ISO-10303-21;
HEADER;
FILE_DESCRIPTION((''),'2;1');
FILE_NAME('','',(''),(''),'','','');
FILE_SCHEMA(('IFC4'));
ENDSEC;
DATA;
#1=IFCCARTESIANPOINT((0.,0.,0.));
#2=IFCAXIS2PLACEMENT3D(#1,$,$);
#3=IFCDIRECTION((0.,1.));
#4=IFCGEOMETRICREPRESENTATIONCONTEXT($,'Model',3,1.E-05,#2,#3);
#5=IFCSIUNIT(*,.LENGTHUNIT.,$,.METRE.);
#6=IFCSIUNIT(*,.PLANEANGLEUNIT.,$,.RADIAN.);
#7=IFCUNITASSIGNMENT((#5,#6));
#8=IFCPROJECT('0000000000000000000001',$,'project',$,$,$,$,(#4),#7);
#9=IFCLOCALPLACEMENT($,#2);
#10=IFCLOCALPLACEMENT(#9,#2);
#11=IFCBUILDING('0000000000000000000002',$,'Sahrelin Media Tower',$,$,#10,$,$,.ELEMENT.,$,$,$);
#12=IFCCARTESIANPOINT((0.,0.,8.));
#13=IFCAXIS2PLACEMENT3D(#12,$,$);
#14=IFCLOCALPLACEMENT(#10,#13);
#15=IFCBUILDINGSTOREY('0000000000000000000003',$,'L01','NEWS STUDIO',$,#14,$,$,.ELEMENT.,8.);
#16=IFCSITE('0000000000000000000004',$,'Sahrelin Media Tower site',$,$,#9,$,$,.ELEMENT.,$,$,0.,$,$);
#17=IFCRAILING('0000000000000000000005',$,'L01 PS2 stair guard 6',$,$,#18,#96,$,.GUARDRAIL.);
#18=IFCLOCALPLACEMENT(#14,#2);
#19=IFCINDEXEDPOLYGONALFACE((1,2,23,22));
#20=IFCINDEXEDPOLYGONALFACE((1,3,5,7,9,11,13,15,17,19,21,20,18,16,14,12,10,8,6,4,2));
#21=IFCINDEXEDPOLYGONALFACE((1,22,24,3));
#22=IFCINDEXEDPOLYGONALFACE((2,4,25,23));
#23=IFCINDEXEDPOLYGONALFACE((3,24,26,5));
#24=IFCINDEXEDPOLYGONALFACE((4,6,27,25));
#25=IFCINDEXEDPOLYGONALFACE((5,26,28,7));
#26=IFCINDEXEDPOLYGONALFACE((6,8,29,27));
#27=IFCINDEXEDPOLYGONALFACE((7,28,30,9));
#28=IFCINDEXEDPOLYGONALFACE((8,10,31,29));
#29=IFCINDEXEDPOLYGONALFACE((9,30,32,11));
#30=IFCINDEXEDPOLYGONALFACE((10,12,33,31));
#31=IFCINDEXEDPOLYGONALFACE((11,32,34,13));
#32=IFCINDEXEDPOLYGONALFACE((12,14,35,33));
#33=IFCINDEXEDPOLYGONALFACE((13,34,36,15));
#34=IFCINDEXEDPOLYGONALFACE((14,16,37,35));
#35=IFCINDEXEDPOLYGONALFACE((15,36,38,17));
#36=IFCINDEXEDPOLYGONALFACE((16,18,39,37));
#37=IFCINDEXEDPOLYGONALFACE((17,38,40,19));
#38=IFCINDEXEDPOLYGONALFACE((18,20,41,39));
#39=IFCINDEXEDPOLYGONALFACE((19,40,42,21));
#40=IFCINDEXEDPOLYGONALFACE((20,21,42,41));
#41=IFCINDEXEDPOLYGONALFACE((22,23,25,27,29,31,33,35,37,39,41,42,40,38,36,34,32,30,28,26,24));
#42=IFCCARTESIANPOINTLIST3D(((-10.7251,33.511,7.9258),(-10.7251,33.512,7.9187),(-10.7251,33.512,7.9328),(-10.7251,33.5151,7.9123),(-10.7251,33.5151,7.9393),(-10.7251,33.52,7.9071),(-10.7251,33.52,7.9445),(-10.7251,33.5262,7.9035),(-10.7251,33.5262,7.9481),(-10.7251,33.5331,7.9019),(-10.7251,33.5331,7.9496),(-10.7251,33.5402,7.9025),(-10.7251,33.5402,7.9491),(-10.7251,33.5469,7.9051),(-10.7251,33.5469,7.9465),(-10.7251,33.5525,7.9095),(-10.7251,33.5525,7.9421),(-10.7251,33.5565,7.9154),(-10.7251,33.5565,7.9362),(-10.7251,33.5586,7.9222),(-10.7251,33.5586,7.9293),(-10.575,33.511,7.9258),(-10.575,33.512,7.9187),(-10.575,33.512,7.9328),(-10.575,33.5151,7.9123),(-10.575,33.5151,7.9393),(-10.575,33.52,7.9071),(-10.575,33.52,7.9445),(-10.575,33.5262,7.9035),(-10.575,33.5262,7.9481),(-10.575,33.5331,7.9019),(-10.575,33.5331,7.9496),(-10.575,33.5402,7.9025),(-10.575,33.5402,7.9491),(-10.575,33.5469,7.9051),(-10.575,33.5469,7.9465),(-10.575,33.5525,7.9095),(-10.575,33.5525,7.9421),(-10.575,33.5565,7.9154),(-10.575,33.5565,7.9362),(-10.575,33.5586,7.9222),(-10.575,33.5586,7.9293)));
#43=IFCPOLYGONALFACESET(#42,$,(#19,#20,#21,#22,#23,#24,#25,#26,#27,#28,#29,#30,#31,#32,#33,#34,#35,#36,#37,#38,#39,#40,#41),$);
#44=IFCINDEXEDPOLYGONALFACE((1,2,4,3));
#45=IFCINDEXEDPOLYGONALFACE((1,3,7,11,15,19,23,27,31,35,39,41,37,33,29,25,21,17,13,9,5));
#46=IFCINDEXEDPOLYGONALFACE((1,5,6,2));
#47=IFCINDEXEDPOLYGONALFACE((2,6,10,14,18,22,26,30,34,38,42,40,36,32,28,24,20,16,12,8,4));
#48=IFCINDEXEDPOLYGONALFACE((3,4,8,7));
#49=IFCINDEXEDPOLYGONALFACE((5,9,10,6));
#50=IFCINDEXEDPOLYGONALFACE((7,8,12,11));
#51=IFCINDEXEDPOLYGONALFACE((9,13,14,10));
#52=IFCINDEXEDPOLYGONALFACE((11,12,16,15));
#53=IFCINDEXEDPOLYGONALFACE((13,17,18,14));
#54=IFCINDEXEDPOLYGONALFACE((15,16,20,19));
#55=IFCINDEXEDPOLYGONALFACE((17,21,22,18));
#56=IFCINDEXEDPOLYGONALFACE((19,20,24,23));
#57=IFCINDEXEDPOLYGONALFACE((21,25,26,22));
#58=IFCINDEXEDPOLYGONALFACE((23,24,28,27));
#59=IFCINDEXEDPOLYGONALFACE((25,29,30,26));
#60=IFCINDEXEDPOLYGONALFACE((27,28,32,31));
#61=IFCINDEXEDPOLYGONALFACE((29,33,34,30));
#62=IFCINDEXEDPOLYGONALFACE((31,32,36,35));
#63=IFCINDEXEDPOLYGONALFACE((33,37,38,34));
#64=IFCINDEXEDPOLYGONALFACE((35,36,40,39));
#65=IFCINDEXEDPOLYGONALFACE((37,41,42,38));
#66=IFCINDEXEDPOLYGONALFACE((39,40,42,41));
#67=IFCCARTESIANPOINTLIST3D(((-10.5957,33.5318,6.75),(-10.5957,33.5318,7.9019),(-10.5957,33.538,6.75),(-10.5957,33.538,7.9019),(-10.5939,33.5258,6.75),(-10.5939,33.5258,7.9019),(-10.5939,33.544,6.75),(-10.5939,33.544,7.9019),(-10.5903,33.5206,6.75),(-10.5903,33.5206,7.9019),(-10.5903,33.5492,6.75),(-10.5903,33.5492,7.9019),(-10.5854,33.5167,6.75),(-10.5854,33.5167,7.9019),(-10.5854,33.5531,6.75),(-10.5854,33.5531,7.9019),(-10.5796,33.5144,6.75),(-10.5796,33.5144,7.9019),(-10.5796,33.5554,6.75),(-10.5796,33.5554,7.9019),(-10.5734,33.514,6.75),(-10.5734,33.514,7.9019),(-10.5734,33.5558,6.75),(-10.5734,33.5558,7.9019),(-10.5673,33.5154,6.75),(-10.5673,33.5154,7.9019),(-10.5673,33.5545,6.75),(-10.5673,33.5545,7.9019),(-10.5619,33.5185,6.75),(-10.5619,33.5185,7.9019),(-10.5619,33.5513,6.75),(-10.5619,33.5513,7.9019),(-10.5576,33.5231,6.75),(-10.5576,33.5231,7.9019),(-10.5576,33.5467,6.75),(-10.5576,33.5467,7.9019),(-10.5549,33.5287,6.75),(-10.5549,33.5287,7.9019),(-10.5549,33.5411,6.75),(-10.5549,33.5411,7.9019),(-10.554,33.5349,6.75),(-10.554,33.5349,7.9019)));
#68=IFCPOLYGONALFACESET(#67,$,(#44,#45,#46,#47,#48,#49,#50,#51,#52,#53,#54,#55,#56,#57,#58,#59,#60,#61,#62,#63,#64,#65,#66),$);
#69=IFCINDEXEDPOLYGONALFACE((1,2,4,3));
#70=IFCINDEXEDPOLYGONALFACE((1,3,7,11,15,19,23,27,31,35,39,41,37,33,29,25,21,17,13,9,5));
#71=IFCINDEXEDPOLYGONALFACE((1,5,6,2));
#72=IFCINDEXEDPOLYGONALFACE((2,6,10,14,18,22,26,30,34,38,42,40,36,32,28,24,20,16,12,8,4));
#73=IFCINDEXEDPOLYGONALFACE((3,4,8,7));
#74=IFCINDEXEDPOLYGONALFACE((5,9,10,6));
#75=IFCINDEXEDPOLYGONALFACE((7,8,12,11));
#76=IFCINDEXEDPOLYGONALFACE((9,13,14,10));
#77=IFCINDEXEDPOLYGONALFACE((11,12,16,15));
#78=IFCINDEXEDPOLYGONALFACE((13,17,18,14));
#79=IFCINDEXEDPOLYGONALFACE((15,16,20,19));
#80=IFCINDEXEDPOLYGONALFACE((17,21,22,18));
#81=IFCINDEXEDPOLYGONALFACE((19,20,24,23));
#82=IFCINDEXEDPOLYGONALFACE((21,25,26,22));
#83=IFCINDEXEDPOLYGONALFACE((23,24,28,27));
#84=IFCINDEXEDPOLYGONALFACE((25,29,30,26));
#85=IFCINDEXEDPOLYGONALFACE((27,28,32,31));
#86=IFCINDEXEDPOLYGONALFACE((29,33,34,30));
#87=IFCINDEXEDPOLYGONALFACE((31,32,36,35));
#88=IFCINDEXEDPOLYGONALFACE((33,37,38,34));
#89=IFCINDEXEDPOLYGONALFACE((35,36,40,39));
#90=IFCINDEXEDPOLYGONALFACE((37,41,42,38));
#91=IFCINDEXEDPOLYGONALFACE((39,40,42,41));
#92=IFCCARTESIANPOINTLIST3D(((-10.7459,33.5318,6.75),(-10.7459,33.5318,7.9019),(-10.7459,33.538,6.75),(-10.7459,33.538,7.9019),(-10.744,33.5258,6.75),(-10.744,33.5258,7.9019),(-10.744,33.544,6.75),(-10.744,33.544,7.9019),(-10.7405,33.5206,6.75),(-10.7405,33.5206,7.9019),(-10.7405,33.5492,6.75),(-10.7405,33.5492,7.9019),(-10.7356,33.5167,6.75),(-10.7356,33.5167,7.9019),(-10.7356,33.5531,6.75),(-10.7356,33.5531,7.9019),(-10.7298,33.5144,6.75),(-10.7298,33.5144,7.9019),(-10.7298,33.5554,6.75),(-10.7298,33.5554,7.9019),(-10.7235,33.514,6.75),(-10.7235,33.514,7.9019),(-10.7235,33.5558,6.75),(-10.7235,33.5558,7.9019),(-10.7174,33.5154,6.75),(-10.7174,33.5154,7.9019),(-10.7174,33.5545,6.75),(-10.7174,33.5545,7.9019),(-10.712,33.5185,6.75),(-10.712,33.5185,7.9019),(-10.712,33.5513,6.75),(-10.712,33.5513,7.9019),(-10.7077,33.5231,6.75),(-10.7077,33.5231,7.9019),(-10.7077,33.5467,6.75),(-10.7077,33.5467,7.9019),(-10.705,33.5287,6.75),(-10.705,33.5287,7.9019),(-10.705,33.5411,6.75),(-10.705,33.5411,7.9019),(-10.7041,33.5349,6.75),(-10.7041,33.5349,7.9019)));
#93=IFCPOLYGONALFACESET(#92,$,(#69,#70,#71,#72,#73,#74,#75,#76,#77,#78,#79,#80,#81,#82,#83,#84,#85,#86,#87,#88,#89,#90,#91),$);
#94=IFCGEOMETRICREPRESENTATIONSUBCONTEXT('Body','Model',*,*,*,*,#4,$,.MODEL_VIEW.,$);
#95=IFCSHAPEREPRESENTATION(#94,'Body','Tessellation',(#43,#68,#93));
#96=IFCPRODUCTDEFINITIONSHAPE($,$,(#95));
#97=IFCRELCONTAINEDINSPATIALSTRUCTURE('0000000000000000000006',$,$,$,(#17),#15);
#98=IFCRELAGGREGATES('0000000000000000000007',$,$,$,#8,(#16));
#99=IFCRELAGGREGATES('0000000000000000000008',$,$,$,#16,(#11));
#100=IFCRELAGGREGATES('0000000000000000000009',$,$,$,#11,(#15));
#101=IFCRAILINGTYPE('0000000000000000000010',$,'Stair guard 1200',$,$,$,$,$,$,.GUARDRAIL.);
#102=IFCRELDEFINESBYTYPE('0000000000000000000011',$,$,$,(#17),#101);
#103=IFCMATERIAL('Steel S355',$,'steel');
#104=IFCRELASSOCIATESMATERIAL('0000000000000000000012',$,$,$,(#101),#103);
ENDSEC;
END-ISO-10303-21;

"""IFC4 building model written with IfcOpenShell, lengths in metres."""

from ifc_helpers import new_model, si_unit, direction, frame, origin, origin_2d, place, context, subcontext, project, spatial, circle, extrude, material, type_object, element, save


model = new_model("IFC4")

# Units and contexts
model_context = context("Model", 3, precision=1e-05, world=origin(), true_north=direction((0.0, 1.0)))
body_context = subcontext(model_context, "Body", "Model", "MODEL_VIEW")
ifc_project = project(units=[si_unit("LENGTHUNIT", "METRE"), si_unit("PLANEANGLEUNIT", "RADIAN")], contexts=[model_context])

# Site, building, storey
site_placement = place(None, origin())
site = spatial("IfcSite", under=ifc_project, at=site_placement, Name="Sahrelin Media Tower site", CompositionType="ELEMENT", RefElevation=0.0)
building_placement = place(site_placement, origin())
building = spatial("IfcBuilding", under=site, at=building_placement, Name="Sahrelin Media Tower", CompositionType="ELEMENT")
storey_placement = place(building_placement, frame((0.0, 0.0, 8.0)))
storey = spatial("IfcBuildingStorey", under=building, at=storey_placement, Name="L01", Description="NEWS STUDIO", CompositionType="ELEMENT", Elevation=8.0)

# Shared definitions
ifc_material_1 = material(Name="Steel S355", Category="steel")

# Railing
railing_type_1 = type_object("IfcRailingType", Name="Stair guard 1200", PredefinedType="GUARDRAIL", material=ifc_material_1)
railing_1_placement = place(storey_placement, frame((-10.575, 33.5349, 6.75)))
element("IfcRailing", 1, at=railing_1_placement, inside=storey, type_object=railing_type_1, Name="L01 PS2 stair guard 6", PredefinedType="GUARDRAIL", context=body_context, shape_type="SweptSolid", body=[
    extrude(circle(Radius=0.0239, at=origin_2d()), frame((0.0, 0.0, 1.1758), z_axis=(-1.0, 0.0, 0.0), x_axis=(0.0, -1.0, 0.0)), (0.0, 0.0, 1.0), 0.1501),
    extrude(circle(Radius=0.021, at=origin_2d()), origin(), (0.0, 0.0, 1.0), 1.1519),
    extrude(circle(Radius=0.021, at=origin_2d()), frame((-0.1501, 0.0, 0.0)), (0.0, 0.0, 1.0), 1.1519),
])

save(model, "model.ifc")
